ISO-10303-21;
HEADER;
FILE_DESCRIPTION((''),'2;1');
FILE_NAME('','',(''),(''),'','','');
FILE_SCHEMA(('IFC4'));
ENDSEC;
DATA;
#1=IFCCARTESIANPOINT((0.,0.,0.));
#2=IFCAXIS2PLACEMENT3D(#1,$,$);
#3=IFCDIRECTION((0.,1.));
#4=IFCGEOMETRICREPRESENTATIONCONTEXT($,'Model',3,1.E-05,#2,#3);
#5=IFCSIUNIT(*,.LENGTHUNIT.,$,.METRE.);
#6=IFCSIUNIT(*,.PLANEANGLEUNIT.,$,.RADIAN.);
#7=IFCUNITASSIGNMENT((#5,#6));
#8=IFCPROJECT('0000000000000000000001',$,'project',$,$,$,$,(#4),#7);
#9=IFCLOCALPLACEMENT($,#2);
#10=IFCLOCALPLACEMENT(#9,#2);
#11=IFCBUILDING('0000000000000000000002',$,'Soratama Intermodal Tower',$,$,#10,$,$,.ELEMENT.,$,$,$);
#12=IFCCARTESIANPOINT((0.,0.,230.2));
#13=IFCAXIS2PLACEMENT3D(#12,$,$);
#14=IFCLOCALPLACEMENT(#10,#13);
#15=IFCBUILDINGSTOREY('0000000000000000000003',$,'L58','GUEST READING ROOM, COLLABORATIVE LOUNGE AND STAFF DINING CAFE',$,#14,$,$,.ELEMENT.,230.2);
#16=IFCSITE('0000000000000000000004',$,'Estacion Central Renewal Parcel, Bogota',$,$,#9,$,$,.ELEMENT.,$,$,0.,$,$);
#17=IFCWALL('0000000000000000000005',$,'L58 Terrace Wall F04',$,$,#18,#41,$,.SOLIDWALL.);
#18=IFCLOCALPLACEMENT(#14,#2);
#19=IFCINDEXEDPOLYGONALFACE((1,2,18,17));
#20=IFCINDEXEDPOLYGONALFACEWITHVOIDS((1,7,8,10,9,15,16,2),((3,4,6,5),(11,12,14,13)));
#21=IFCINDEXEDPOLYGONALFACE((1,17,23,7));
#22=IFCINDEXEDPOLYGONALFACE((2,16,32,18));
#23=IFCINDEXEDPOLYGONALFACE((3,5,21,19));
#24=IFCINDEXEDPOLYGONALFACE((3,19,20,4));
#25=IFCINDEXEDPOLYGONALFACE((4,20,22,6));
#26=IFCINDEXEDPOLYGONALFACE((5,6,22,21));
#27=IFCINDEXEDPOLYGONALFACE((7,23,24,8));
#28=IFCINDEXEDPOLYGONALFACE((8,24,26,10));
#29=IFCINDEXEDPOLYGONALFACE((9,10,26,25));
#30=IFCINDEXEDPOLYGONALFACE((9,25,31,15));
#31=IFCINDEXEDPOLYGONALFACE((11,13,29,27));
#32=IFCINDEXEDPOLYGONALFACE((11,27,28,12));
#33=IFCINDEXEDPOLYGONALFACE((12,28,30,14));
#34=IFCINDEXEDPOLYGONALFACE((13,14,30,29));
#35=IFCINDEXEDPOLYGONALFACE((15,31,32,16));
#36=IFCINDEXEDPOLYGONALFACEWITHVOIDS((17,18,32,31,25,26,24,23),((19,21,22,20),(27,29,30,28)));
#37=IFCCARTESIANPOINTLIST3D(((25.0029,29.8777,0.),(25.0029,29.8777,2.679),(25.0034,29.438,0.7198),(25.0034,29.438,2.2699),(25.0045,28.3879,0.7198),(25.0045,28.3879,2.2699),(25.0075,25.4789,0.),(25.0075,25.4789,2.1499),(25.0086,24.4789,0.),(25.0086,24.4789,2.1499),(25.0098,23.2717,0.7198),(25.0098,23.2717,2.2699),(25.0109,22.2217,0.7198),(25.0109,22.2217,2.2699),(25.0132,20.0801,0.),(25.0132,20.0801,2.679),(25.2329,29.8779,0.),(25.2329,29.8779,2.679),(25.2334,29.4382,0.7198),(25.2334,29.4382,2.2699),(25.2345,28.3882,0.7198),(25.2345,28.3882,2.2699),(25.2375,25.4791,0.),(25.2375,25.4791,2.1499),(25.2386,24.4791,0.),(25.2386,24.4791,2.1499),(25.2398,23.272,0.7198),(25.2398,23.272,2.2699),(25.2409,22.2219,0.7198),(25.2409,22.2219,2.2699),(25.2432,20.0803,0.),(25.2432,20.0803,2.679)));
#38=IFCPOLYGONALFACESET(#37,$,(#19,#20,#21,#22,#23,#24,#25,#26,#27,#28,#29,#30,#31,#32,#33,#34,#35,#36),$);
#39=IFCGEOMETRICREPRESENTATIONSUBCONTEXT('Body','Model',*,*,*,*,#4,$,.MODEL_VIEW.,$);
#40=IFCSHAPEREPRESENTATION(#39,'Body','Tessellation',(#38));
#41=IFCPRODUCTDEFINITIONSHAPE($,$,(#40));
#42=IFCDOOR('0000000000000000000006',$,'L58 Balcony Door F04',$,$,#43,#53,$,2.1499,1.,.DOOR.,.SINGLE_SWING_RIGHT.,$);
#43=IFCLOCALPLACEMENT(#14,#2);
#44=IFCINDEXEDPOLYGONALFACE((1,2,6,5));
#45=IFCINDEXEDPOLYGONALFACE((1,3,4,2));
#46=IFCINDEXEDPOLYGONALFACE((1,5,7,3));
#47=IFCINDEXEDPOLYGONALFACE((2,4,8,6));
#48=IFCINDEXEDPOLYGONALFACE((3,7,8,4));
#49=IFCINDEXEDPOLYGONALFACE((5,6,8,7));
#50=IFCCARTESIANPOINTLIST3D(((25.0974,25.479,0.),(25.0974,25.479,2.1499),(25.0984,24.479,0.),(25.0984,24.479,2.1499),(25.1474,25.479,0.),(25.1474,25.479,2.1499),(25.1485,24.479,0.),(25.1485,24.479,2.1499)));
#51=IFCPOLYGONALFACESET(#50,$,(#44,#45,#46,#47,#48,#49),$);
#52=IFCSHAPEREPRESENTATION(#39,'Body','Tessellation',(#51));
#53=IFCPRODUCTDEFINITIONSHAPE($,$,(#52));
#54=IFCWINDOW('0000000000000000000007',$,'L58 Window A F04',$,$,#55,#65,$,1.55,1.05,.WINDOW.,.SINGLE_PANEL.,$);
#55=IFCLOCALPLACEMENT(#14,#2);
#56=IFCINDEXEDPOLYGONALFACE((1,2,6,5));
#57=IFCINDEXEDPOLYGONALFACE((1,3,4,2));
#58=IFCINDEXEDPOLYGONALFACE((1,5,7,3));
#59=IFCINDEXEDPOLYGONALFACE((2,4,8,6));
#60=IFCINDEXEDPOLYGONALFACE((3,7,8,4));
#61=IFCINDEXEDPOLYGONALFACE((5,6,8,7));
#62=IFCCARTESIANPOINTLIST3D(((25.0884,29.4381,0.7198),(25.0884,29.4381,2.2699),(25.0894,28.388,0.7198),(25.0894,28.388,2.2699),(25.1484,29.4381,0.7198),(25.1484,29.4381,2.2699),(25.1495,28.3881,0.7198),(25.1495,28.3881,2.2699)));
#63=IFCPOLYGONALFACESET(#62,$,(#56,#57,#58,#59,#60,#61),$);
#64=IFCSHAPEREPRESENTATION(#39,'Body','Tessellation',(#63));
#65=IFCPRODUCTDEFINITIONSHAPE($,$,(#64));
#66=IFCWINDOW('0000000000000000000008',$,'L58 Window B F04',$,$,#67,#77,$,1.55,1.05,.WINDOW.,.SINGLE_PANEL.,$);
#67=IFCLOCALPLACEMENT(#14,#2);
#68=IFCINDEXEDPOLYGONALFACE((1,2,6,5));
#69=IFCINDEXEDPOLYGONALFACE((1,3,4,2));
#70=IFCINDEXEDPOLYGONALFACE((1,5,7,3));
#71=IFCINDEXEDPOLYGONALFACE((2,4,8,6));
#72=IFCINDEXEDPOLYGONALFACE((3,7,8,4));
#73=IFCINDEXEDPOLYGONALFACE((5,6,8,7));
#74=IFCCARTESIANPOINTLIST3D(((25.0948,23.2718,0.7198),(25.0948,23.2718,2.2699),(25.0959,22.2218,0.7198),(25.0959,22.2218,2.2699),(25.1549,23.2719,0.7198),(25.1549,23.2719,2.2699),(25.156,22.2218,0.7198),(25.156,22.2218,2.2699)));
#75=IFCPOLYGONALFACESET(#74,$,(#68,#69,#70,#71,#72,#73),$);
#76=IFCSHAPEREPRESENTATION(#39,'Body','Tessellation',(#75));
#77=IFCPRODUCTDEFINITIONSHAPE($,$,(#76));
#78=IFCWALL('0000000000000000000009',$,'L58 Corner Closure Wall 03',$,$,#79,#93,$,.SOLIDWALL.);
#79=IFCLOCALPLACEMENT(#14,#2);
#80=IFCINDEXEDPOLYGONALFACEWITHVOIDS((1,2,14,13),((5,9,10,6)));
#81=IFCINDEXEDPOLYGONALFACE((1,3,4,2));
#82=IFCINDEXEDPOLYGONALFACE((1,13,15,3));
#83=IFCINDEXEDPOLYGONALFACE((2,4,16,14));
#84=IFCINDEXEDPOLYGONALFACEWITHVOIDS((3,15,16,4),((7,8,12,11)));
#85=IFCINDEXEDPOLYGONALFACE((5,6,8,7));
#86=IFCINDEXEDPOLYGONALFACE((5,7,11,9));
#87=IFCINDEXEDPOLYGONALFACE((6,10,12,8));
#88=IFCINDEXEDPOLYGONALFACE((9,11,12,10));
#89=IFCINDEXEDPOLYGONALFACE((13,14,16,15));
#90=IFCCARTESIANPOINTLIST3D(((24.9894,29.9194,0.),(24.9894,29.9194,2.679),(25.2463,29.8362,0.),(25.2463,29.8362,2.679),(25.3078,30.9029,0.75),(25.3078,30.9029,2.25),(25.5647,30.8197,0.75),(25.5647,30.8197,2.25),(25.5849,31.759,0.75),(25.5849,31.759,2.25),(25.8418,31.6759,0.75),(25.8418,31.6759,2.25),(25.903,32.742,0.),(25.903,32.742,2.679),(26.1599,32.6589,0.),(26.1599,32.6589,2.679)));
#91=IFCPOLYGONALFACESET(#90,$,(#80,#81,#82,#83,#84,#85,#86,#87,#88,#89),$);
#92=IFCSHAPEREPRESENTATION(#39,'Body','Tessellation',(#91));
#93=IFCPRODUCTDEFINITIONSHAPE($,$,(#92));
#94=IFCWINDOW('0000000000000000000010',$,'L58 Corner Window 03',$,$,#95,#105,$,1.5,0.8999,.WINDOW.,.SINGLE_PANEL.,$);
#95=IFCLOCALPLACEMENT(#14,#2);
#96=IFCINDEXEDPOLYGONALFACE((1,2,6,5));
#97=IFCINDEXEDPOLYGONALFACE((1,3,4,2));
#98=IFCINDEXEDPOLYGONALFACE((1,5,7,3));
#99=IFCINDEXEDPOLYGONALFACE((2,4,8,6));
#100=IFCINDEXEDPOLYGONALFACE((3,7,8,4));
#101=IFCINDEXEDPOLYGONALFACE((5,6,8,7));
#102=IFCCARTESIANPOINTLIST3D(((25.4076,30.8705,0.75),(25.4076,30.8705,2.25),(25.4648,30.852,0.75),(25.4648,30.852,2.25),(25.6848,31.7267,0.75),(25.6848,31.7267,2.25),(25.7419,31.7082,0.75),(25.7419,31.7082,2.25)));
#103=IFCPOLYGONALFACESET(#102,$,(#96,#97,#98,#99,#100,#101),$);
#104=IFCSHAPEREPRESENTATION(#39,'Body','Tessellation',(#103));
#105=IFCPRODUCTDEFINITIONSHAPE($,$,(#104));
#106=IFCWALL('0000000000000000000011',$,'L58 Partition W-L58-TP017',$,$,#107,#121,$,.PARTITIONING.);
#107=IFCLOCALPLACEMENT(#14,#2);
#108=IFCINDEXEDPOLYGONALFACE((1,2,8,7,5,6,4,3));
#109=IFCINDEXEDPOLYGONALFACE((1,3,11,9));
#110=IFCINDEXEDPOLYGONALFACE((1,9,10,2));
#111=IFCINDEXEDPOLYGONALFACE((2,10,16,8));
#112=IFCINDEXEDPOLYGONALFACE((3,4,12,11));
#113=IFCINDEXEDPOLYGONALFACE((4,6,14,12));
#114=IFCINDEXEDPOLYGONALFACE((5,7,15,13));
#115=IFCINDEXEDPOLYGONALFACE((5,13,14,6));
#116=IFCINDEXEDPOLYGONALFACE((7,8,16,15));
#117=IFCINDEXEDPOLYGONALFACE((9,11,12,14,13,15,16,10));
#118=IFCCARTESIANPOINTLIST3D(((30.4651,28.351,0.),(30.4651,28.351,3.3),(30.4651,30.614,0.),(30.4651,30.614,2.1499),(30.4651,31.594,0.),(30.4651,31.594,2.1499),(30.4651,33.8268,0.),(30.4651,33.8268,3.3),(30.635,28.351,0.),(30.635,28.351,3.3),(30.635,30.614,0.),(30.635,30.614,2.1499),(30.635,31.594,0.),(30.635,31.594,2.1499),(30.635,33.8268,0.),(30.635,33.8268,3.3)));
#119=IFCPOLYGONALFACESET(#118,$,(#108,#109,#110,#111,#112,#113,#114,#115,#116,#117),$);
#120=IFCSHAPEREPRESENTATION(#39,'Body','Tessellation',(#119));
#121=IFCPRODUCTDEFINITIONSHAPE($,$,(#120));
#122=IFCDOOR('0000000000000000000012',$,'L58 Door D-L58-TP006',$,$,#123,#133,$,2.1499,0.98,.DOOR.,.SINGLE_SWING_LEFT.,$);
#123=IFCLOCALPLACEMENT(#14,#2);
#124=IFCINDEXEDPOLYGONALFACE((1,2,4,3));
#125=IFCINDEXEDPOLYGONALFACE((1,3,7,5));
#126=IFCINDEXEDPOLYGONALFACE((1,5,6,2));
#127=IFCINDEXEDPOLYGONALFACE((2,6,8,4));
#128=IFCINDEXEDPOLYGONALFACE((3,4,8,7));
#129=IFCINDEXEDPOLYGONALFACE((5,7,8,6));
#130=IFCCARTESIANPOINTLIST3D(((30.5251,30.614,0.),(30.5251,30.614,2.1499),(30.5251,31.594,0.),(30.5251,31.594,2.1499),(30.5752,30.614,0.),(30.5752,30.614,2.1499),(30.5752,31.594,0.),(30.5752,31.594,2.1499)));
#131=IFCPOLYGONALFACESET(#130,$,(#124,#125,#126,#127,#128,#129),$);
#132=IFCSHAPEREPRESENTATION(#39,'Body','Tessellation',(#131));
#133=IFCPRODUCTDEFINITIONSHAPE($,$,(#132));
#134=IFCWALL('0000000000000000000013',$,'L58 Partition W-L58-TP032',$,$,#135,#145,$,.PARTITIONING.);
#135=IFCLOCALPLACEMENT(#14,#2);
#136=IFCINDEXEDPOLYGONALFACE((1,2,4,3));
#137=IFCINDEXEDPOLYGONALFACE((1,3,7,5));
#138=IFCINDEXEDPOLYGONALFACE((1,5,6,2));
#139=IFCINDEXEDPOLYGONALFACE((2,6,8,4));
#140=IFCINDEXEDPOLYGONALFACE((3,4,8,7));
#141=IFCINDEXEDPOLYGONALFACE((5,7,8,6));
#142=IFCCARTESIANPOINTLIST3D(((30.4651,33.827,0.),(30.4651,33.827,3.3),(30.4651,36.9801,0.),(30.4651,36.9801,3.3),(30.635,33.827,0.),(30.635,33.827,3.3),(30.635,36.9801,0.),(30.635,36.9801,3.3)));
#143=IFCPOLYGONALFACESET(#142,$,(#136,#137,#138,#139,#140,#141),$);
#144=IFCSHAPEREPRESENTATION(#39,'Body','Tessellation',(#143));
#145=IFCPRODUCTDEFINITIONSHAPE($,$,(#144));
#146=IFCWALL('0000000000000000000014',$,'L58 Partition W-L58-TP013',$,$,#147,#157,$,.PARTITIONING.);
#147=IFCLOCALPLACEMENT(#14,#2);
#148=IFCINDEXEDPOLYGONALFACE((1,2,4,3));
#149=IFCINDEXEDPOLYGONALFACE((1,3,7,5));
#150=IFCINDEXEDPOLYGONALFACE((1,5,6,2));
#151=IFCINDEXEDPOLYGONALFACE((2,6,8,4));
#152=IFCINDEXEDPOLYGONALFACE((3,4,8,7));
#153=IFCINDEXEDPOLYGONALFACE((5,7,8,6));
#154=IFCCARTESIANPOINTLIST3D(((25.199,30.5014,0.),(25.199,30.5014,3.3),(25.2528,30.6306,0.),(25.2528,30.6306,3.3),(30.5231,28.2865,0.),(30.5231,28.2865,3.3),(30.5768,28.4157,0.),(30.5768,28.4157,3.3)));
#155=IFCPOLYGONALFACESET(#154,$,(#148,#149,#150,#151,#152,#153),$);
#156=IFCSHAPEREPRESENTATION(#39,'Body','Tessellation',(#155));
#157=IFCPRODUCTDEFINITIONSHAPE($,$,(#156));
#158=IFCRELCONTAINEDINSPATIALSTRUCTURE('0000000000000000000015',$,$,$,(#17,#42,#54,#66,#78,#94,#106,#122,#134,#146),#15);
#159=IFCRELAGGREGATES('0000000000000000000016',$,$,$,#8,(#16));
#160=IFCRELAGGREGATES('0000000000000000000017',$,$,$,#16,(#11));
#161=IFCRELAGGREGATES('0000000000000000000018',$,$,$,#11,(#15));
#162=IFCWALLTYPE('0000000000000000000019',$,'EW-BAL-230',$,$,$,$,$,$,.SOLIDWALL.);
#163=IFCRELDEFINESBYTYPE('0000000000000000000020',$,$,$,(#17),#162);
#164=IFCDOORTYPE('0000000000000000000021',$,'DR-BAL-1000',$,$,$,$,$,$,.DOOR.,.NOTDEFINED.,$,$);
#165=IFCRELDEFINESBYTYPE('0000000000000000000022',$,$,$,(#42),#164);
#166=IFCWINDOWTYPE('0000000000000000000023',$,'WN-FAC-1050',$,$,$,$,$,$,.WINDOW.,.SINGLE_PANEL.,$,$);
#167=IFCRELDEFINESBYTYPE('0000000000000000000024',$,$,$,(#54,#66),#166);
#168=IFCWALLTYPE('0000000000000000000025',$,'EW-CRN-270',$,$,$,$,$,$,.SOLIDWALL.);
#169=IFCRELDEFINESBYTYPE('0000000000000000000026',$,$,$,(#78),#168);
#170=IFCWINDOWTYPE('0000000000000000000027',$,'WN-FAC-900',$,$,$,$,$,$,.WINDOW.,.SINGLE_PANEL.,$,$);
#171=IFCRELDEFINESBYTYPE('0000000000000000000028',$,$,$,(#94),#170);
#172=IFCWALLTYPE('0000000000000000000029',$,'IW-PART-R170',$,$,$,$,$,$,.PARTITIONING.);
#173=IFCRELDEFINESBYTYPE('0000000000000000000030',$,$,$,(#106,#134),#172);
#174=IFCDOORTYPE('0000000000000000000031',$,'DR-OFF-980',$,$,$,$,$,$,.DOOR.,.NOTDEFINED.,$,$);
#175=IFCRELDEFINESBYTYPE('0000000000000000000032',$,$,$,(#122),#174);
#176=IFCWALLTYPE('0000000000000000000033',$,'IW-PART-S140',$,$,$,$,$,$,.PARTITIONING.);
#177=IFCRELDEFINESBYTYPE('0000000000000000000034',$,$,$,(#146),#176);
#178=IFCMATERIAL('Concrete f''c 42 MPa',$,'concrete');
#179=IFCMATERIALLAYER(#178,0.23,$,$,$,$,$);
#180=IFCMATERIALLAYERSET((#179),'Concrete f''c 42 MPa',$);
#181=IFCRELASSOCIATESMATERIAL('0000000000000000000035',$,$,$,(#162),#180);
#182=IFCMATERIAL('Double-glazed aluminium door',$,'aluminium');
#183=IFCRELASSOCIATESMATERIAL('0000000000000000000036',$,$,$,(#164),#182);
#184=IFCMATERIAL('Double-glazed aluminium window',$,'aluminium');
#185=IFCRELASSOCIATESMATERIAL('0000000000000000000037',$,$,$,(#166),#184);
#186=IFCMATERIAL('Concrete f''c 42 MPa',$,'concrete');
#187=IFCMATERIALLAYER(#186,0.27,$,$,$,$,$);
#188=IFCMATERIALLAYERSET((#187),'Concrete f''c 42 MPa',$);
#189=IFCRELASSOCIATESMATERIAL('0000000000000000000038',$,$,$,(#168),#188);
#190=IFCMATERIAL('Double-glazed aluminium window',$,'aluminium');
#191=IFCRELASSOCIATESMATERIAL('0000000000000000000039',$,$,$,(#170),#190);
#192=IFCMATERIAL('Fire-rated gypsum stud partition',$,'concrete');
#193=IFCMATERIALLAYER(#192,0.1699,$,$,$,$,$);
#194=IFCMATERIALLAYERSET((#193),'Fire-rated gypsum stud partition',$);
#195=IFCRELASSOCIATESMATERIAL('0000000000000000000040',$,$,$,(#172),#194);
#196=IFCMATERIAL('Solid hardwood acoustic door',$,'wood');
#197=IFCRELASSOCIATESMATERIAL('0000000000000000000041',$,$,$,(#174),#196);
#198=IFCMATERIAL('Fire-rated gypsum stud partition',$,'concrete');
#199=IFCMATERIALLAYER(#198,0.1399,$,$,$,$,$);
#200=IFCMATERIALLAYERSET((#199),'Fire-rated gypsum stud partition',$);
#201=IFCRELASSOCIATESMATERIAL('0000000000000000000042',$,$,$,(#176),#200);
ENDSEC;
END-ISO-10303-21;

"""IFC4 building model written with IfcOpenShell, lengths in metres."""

from ifc_helpers import new_model, si_unit, direction, frame, frame_2d, origin, place, context, subcontext, project, spatial, rectangle, extrude, material, layer, layer_set, type_object, element, fill, save


model = new_model("IFC4")

# Units and contexts
model_context = context("Model", 3, precision=1e-05, world=origin(), true_north=direction((0.0, 1.0)))
body_context = subcontext(model_context, "Body", "Model", "MODEL_VIEW")
ifc_project = project(units=[si_unit("LENGTHUNIT", "METRE"), si_unit("PLANEANGLEUNIT", "RADIAN")], contexts=[model_context])

# Site, building, storey
site_placement = place(None, origin())
site = spatial("IfcSite", under=ifc_project, at=site_placement, Name="Estacion Central Renewal Parcel, Bogota", CompositionType="ELEMENT", RefElevation=0.0)
building_placement = place(site_placement, origin())
building = spatial("IfcBuilding", under=site, at=building_placement, Name="Soratama Intermodal Tower", CompositionType="ELEMENT")
storey_placement = place(building_placement, frame((0.0, 0.0, 230.2)))
storey = spatial("IfcBuildingStorey", under=building, at=storey_placement, Name="L58", Description="GUEST READING ROOM, COLLABORATIVE LOUNGE AND STAFF DINING CAFE", CompositionType="ELEMENT", Elevation=230.2)

# Wall, openings, door, windows
ifc_material_1 = material(Name="Concrete f'c 42 MPa", Category="concrete")
ifc_layer_1 = layer(ifc_material_1, 0.23)
ifc_layer_set_1 = layer_set([ifc_layer_1], Name="Concrete f'c 42 MPa")
wall_type_1 = type_object("IfcWallType", Name="EW-BAL-230", PredefinedType="SOLIDWALL", material=ifc_layer_set_1)
wall_1_placement = place(storey_placement, frame((25.1179, 29.8779, 0.0), z_axis=(0.0, 0.0, 1.0), x_axis=(0.001047, -0.999999, 0.0)))
wall_1 = element("IfcWall", 1, at=wall_1_placement, inside=storey, type_object=wall_type_1, Name="L58 Terrace Wall F04", PredefinedType="SOLIDWALL", context=body_context, shape_type="SweptSolid", body=[
    extrude(rectangle(XDim=9.7976, YDim=0.23, at=frame_2d((4.8989, 0.0))), origin(), (0.0, 0.0, 1.0), 2.679),
])
opening_1_placement = place(wall_1_placement, frame((4.3989, 0.0, 0.0)))
opening_1 = element("IfcOpeningElement", 2, at=opening_1_placement, cuts=wall_1, PredefinedType="OPENING", context=body_context, shape_type="SweptSolid", body=[
    extrude(rectangle(XDim=1.0, YDim=2.1499, at=frame_2d((0.5, 1.075))), frame((0.0, 0.125, 0.0), z_axis=(0.0, -1.0, 0.0), x_axis=(1.0, 0.0, 0.0)), (0.0, 0.0, 1.0), 0.25),
])
opening_2_placement = place(wall_1_placement, frame((0.4399, 0.0, 0.72)))
opening_2 = element("IfcOpeningElement", 3, at=opening_2_placement, cuts=wall_1, PredefinedType="OPENING", context=body_context, shape_type="SweptSolid", body=[
    extrude(rectangle(XDim=1.05, YDim=1.55, at=frame_2d((0.5249, 0.7749))), frame((0.0, 0.125, 0.0), z_axis=(0.0, -1.0, 0.0), x_axis=(1.0, 0.0, 0.0)), (0.0, 0.0, 1.0), 0.25),
])
opening_3_placement = place(wall_1_placement, frame((6.6062, 0.0, 0.72)))
opening_3 = element("IfcOpeningElement", 4, at=opening_3_placement, cuts=wall_1, PredefinedType="OPENING", context=body_context, shape_type="SweptSolid", body=[
    extrude(rectangle(XDim=1.05, YDim=1.55, at=frame_2d((0.5249, 0.7749))), frame((0.0, 0.125, 0.0), z_axis=(0.0, -1.0, 0.0), x_axis=(1.0, 0.0, 0.0)), (0.0, 0.0, 1.0), 0.25),
])
ifc_material_2 = material(Name="Double-glazed aluminium door", Category="aluminium")
door_type_1 = type_object("IfcDoorType", Name="DR-BAL-1000", OperationType="NOTDEFINED", PredefinedType="DOOR", material=ifc_material_2)
door_1_placement = place(opening_1_placement, origin())
door_1 = element("IfcDoor", 5, at=door_1_placement, inside=storey, type_object=door_type_1, Name="L58 Balcony Door F04", OperationType="SINGLE_SWING_RIGHT", OverallHeight=2.1499, OverallWidth=1.0, PredefinedType="DOOR", context=body_context, shape_type="SweptSolid", body=[
    extrude(rectangle(XDim=1.0, YDim=2.1499, at=frame_2d((0.5, 1.075))), frame((0.0, 0.0249, 0.0), z_axis=(0.0, -1.0, 0.0), x_axis=(1.0, 0.0, 0.0)), (0.0, 0.0, 1.0), 0.05),
])
fill(opening_1, door_1)
ifc_material_3 = material(Name="Double-glazed aluminium window", Category="aluminium")
window_type_1 = type_object("IfcWindowType", Name="WN-FAC-1050", PartitioningType="SINGLE_PANEL", PredefinedType="WINDOW", material=ifc_material_3)
window_1_placement = place(opening_2_placement, origin())
window_1 = element("IfcWindow", 6, at=window_1_placement, inside=storey, type_object=window_type_1, Name="L58 Window A F04", OverallHeight=1.55, OverallWidth=1.05, PartitioningType="SINGLE_PANEL", PredefinedType="WINDOW", context=body_context, shape_type="SweptSolid", body=[
    extrude(rectangle(XDim=1.05, YDim=1.55, at=frame_2d((0.5249, 0.7749))), frame((0.0, 0.03, 0.0), z_axis=(0.0, -1.0, 0.0), x_axis=(1.0, 0.0, 0.0)), (0.0, 0.0, 1.0), 0.0601),
])
fill(opening_2, window_1)
window_2_placement = place(opening_3_placement, origin())
window_2 = element("IfcWindow", 7, at=window_2_placement, inside=storey, type_object=window_type_1, Name="L58 Window B F04", OverallHeight=1.55, OverallWidth=1.05, PartitioningType="SINGLE_PANEL", PredefinedType="WINDOW", context=body_context, shape_type="SweptSolid", body=[
    extrude(rectangle(XDim=1.05, YDim=1.55, at=frame_2d((0.5249, 0.7749))), frame((0.0, 0.03, 0.0), z_axis=(0.0, -1.0, 0.0), x_axis=(1.0, 0.0, 0.0)), (0.0, 0.0, 1.0), 0.0601),
])
fill(opening_3, window_2)

# Wall, opening, window
ifc_material_4 = material(Name="Concrete f'c 42 MPa", Category="concrete")
ifc_layer_2 = layer(ifc_material_4, 0.27)
ifc_layer_set_2 = layer_set([ifc_layer_2], Name="Concrete f'c 42 MPa")
wall_type_2 = type_object("IfcWallType", Name="EW-CRN-270", PredefinedType="SOLIDWALL", material=ifc_layer_set_2)
wall_2_placement = place(storey_placement, frame((26.0315, 32.7004, 0.0), z_axis=(0.0, 0.0, 1.0), x_axis=(-0.307945, -0.951404, 0.0)))
wall_2 = element("IfcWall", 8, at=wall_2_placement, inside=storey, type_object=wall_type_2, Name="L58 Corner Closure Wall 03", PredefinedType="SOLIDWALL", context=body_context, shape_type="SweptSolid", body=[
    extrude(rectangle(XDim=2.9668, YDim=0.27, at=frame_2d((1.4834, 0.0))), origin(), (0.0, 0.0, 1.0), 2.679),
])
opening_4_placement = place(wall_2_placement, frame((1.0332, 0.0, 0.75)))
opening_4 = element("IfcOpeningElement", 9, at=opening_4_placement, cuts=wall_2, PredefinedType="OPENING", context=body_context, shape_type="SweptSolid", body=[
    extrude(rectangle(XDim=0.8999, YDim=1.5, at=frame_2d((0.45, 0.75))), frame((0.0, 0.145, 0.0), z_axis=(0.0, -1.0, 0.0), x_axis=(1.0, 0.0, 0.0)), (0.0, 0.0, 1.0), 0.29),
])
ifc_material_5 = material(Name="Double-glazed aluminium window", Category="aluminium")
window_type_2 = type_object("IfcWindowType", Name="WN-FAC-900", PartitioningType="SINGLE_PANEL", PredefinedType="WINDOW", material=ifc_material_5)
window_3_placement = place(opening_4_placement, origin())
window_3 = element("IfcWindow", 10, at=window_3_placement, inside=storey, type_object=window_type_2, Name="L58 Corner Window 03", OverallHeight=1.5, OverallWidth=0.8999, PartitioningType="SINGLE_PANEL", PredefinedType="WINDOW", context=body_context, shape_type="SweptSolid", body=[
    extrude(rectangle(XDim=0.8999, YDim=1.5, at=frame_2d((0.45, 0.75))), frame((0.0, 0.03, 0.0), z_axis=(0.0, -1.0, 0.0), x_axis=(1.0, 0.0, 0.0)), (0.0, 0.0, 1.0), 0.0601),
])
fill(opening_4, window_3)

# Wall, opening, door
ifc_material_6 = material(Name="Fire-rated gypsum stud partition", Category="concrete")
ifc_layer_3 = layer(ifc_material_6, 0.1699)
ifc_layer_set_3 = layer_set([ifc_layer_3], Name="Fire-rated gypsum stud partition")
wall_type_3 = type_object("IfcWallType", Name="IW-PART-R170", PredefinedType="PARTITIONING", material=ifc_layer_set_3)
wall_3_placement = place(storey_placement, frame((30.55, 28.3511, 0.0), z_axis=(0.0, 0.0, 1.0), x_axis=(0.0, 1.0, 0.0)))
wall_3 = element("IfcWall", 11, at=wall_3_placement, inside=storey, type_object=wall_type_3, Name="L58 Partition W-L58-TP017", PredefinedType="PARTITIONING", context=body_context, shape_type="SweptSolid", body=[
    extrude(rectangle(XDim=5.4758, YDim=0.1699, at=frame_2d((2.7378, 0.0))), origin(), (0.0, 0.0, 1.0), 3.3),
])
opening_5_placement = place(wall_3_placement, frame((2.2629, 0.0, 0.0)))
opening_5 = element("IfcOpeningElement", 12, at=opening_5_placement, cuts=wall_3, PredefinedType="OPENING", context=body_context, shape_type="SweptSolid", body=[
    extrude(rectangle(XDim=0.98, YDim=2.1499, at=frame_2d((0.49, 1.075))), frame((0.0, 0.095, 0.0), z_axis=(0.0, -1.0, 0.0), x_axis=(1.0, 0.0, 0.0)), (0.0, 0.0, 1.0), 0.1899),
])
ifc_material_7 = material(Name="Solid hardwood acoustic door", Category="wood")
door_type_2 = type_object("IfcDoorType", Name="DR-OFF-980", OperationType="NOTDEFINED", PredefinedType="DOOR", material=ifc_material_7)
door_2_placement = place(opening_5_placement, origin())
door_2 = element("IfcDoor", 13, at=door_2_placement, inside=storey, type_object=door_type_2, Name="L58 Door D-L58-TP006", OperationType="SINGLE_SWING_LEFT", OverallHeight=2.1499, OverallWidth=0.98, PredefinedType="DOOR", context=body_context, shape_type="SweptSolid", body=[
    extrude(rectangle(XDim=0.98, YDim=2.1499, at=frame_2d((0.49, 1.075))), frame((0.0, 0.0249, 0.0), z_axis=(0.0, -1.0, 0.0), x_axis=(1.0, 0.0, 0.0)), (0.0, 0.0, 1.0), 0.05),
])
fill(opening_5, door_2)

# Walls
wall_4_placement = place(storey_placement, frame((30.55, 33.8269, 0.0), z_axis=(0.0, 0.0, 1.0), x_axis=(0.0, 1.0, 0.0)))
element("IfcWall", 14, at=wall_4_placement, inside=storey, type_object=wall_type_3, Name="L58 Partition W-L58-TP032", PredefinedType="PARTITIONING", context=body_context, shape_type="SweptSolid", body=[
    extrude(rectangle(XDim=3.1531, YDim=0.1699, at=frame_2d((1.5767, 0.0))), origin(), (0.0, 0.0, 1.0), 3.3),
])
ifc_material_8 = material(Name="Fire-rated gypsum stud partition", Category="concrete")
ifc_layer_4 = layer(ifc_material_8, 0.1399)
ifc_layer_set_4 = layer_set([ifc_layer_4], Name="Fire-rated gypsum stud partition")
wall_type_4 = type_object("IfcWallType", Name="IW-PART-S140", PredefinedType="PARTITIONING", material=ifc_layer_set_4)
wall_5_placement = place(storey_placement, frame((30.55, 28.3511, 0.0), z_axis=(0.0, 0.0, 1.0), x_axis=(-0.923291, 0.384101, 0.0)))
element("IfcWall", 15, at=wall_5_placement, inside=storey, type_object=wall_type_4, Name="L58 Partition W-L58-TP013", PredefinedType="PARTITIONING", context=body_context, shape_type="SweptSolid", body=[
    extrude(rectangle(XDim=5.7664, YDim=0.1399, at=frame_2d((2.8833, 0.0))), origin(), (0.0, 0.0, 1.0), 3.3),
])

save(model, "model.ifc")
